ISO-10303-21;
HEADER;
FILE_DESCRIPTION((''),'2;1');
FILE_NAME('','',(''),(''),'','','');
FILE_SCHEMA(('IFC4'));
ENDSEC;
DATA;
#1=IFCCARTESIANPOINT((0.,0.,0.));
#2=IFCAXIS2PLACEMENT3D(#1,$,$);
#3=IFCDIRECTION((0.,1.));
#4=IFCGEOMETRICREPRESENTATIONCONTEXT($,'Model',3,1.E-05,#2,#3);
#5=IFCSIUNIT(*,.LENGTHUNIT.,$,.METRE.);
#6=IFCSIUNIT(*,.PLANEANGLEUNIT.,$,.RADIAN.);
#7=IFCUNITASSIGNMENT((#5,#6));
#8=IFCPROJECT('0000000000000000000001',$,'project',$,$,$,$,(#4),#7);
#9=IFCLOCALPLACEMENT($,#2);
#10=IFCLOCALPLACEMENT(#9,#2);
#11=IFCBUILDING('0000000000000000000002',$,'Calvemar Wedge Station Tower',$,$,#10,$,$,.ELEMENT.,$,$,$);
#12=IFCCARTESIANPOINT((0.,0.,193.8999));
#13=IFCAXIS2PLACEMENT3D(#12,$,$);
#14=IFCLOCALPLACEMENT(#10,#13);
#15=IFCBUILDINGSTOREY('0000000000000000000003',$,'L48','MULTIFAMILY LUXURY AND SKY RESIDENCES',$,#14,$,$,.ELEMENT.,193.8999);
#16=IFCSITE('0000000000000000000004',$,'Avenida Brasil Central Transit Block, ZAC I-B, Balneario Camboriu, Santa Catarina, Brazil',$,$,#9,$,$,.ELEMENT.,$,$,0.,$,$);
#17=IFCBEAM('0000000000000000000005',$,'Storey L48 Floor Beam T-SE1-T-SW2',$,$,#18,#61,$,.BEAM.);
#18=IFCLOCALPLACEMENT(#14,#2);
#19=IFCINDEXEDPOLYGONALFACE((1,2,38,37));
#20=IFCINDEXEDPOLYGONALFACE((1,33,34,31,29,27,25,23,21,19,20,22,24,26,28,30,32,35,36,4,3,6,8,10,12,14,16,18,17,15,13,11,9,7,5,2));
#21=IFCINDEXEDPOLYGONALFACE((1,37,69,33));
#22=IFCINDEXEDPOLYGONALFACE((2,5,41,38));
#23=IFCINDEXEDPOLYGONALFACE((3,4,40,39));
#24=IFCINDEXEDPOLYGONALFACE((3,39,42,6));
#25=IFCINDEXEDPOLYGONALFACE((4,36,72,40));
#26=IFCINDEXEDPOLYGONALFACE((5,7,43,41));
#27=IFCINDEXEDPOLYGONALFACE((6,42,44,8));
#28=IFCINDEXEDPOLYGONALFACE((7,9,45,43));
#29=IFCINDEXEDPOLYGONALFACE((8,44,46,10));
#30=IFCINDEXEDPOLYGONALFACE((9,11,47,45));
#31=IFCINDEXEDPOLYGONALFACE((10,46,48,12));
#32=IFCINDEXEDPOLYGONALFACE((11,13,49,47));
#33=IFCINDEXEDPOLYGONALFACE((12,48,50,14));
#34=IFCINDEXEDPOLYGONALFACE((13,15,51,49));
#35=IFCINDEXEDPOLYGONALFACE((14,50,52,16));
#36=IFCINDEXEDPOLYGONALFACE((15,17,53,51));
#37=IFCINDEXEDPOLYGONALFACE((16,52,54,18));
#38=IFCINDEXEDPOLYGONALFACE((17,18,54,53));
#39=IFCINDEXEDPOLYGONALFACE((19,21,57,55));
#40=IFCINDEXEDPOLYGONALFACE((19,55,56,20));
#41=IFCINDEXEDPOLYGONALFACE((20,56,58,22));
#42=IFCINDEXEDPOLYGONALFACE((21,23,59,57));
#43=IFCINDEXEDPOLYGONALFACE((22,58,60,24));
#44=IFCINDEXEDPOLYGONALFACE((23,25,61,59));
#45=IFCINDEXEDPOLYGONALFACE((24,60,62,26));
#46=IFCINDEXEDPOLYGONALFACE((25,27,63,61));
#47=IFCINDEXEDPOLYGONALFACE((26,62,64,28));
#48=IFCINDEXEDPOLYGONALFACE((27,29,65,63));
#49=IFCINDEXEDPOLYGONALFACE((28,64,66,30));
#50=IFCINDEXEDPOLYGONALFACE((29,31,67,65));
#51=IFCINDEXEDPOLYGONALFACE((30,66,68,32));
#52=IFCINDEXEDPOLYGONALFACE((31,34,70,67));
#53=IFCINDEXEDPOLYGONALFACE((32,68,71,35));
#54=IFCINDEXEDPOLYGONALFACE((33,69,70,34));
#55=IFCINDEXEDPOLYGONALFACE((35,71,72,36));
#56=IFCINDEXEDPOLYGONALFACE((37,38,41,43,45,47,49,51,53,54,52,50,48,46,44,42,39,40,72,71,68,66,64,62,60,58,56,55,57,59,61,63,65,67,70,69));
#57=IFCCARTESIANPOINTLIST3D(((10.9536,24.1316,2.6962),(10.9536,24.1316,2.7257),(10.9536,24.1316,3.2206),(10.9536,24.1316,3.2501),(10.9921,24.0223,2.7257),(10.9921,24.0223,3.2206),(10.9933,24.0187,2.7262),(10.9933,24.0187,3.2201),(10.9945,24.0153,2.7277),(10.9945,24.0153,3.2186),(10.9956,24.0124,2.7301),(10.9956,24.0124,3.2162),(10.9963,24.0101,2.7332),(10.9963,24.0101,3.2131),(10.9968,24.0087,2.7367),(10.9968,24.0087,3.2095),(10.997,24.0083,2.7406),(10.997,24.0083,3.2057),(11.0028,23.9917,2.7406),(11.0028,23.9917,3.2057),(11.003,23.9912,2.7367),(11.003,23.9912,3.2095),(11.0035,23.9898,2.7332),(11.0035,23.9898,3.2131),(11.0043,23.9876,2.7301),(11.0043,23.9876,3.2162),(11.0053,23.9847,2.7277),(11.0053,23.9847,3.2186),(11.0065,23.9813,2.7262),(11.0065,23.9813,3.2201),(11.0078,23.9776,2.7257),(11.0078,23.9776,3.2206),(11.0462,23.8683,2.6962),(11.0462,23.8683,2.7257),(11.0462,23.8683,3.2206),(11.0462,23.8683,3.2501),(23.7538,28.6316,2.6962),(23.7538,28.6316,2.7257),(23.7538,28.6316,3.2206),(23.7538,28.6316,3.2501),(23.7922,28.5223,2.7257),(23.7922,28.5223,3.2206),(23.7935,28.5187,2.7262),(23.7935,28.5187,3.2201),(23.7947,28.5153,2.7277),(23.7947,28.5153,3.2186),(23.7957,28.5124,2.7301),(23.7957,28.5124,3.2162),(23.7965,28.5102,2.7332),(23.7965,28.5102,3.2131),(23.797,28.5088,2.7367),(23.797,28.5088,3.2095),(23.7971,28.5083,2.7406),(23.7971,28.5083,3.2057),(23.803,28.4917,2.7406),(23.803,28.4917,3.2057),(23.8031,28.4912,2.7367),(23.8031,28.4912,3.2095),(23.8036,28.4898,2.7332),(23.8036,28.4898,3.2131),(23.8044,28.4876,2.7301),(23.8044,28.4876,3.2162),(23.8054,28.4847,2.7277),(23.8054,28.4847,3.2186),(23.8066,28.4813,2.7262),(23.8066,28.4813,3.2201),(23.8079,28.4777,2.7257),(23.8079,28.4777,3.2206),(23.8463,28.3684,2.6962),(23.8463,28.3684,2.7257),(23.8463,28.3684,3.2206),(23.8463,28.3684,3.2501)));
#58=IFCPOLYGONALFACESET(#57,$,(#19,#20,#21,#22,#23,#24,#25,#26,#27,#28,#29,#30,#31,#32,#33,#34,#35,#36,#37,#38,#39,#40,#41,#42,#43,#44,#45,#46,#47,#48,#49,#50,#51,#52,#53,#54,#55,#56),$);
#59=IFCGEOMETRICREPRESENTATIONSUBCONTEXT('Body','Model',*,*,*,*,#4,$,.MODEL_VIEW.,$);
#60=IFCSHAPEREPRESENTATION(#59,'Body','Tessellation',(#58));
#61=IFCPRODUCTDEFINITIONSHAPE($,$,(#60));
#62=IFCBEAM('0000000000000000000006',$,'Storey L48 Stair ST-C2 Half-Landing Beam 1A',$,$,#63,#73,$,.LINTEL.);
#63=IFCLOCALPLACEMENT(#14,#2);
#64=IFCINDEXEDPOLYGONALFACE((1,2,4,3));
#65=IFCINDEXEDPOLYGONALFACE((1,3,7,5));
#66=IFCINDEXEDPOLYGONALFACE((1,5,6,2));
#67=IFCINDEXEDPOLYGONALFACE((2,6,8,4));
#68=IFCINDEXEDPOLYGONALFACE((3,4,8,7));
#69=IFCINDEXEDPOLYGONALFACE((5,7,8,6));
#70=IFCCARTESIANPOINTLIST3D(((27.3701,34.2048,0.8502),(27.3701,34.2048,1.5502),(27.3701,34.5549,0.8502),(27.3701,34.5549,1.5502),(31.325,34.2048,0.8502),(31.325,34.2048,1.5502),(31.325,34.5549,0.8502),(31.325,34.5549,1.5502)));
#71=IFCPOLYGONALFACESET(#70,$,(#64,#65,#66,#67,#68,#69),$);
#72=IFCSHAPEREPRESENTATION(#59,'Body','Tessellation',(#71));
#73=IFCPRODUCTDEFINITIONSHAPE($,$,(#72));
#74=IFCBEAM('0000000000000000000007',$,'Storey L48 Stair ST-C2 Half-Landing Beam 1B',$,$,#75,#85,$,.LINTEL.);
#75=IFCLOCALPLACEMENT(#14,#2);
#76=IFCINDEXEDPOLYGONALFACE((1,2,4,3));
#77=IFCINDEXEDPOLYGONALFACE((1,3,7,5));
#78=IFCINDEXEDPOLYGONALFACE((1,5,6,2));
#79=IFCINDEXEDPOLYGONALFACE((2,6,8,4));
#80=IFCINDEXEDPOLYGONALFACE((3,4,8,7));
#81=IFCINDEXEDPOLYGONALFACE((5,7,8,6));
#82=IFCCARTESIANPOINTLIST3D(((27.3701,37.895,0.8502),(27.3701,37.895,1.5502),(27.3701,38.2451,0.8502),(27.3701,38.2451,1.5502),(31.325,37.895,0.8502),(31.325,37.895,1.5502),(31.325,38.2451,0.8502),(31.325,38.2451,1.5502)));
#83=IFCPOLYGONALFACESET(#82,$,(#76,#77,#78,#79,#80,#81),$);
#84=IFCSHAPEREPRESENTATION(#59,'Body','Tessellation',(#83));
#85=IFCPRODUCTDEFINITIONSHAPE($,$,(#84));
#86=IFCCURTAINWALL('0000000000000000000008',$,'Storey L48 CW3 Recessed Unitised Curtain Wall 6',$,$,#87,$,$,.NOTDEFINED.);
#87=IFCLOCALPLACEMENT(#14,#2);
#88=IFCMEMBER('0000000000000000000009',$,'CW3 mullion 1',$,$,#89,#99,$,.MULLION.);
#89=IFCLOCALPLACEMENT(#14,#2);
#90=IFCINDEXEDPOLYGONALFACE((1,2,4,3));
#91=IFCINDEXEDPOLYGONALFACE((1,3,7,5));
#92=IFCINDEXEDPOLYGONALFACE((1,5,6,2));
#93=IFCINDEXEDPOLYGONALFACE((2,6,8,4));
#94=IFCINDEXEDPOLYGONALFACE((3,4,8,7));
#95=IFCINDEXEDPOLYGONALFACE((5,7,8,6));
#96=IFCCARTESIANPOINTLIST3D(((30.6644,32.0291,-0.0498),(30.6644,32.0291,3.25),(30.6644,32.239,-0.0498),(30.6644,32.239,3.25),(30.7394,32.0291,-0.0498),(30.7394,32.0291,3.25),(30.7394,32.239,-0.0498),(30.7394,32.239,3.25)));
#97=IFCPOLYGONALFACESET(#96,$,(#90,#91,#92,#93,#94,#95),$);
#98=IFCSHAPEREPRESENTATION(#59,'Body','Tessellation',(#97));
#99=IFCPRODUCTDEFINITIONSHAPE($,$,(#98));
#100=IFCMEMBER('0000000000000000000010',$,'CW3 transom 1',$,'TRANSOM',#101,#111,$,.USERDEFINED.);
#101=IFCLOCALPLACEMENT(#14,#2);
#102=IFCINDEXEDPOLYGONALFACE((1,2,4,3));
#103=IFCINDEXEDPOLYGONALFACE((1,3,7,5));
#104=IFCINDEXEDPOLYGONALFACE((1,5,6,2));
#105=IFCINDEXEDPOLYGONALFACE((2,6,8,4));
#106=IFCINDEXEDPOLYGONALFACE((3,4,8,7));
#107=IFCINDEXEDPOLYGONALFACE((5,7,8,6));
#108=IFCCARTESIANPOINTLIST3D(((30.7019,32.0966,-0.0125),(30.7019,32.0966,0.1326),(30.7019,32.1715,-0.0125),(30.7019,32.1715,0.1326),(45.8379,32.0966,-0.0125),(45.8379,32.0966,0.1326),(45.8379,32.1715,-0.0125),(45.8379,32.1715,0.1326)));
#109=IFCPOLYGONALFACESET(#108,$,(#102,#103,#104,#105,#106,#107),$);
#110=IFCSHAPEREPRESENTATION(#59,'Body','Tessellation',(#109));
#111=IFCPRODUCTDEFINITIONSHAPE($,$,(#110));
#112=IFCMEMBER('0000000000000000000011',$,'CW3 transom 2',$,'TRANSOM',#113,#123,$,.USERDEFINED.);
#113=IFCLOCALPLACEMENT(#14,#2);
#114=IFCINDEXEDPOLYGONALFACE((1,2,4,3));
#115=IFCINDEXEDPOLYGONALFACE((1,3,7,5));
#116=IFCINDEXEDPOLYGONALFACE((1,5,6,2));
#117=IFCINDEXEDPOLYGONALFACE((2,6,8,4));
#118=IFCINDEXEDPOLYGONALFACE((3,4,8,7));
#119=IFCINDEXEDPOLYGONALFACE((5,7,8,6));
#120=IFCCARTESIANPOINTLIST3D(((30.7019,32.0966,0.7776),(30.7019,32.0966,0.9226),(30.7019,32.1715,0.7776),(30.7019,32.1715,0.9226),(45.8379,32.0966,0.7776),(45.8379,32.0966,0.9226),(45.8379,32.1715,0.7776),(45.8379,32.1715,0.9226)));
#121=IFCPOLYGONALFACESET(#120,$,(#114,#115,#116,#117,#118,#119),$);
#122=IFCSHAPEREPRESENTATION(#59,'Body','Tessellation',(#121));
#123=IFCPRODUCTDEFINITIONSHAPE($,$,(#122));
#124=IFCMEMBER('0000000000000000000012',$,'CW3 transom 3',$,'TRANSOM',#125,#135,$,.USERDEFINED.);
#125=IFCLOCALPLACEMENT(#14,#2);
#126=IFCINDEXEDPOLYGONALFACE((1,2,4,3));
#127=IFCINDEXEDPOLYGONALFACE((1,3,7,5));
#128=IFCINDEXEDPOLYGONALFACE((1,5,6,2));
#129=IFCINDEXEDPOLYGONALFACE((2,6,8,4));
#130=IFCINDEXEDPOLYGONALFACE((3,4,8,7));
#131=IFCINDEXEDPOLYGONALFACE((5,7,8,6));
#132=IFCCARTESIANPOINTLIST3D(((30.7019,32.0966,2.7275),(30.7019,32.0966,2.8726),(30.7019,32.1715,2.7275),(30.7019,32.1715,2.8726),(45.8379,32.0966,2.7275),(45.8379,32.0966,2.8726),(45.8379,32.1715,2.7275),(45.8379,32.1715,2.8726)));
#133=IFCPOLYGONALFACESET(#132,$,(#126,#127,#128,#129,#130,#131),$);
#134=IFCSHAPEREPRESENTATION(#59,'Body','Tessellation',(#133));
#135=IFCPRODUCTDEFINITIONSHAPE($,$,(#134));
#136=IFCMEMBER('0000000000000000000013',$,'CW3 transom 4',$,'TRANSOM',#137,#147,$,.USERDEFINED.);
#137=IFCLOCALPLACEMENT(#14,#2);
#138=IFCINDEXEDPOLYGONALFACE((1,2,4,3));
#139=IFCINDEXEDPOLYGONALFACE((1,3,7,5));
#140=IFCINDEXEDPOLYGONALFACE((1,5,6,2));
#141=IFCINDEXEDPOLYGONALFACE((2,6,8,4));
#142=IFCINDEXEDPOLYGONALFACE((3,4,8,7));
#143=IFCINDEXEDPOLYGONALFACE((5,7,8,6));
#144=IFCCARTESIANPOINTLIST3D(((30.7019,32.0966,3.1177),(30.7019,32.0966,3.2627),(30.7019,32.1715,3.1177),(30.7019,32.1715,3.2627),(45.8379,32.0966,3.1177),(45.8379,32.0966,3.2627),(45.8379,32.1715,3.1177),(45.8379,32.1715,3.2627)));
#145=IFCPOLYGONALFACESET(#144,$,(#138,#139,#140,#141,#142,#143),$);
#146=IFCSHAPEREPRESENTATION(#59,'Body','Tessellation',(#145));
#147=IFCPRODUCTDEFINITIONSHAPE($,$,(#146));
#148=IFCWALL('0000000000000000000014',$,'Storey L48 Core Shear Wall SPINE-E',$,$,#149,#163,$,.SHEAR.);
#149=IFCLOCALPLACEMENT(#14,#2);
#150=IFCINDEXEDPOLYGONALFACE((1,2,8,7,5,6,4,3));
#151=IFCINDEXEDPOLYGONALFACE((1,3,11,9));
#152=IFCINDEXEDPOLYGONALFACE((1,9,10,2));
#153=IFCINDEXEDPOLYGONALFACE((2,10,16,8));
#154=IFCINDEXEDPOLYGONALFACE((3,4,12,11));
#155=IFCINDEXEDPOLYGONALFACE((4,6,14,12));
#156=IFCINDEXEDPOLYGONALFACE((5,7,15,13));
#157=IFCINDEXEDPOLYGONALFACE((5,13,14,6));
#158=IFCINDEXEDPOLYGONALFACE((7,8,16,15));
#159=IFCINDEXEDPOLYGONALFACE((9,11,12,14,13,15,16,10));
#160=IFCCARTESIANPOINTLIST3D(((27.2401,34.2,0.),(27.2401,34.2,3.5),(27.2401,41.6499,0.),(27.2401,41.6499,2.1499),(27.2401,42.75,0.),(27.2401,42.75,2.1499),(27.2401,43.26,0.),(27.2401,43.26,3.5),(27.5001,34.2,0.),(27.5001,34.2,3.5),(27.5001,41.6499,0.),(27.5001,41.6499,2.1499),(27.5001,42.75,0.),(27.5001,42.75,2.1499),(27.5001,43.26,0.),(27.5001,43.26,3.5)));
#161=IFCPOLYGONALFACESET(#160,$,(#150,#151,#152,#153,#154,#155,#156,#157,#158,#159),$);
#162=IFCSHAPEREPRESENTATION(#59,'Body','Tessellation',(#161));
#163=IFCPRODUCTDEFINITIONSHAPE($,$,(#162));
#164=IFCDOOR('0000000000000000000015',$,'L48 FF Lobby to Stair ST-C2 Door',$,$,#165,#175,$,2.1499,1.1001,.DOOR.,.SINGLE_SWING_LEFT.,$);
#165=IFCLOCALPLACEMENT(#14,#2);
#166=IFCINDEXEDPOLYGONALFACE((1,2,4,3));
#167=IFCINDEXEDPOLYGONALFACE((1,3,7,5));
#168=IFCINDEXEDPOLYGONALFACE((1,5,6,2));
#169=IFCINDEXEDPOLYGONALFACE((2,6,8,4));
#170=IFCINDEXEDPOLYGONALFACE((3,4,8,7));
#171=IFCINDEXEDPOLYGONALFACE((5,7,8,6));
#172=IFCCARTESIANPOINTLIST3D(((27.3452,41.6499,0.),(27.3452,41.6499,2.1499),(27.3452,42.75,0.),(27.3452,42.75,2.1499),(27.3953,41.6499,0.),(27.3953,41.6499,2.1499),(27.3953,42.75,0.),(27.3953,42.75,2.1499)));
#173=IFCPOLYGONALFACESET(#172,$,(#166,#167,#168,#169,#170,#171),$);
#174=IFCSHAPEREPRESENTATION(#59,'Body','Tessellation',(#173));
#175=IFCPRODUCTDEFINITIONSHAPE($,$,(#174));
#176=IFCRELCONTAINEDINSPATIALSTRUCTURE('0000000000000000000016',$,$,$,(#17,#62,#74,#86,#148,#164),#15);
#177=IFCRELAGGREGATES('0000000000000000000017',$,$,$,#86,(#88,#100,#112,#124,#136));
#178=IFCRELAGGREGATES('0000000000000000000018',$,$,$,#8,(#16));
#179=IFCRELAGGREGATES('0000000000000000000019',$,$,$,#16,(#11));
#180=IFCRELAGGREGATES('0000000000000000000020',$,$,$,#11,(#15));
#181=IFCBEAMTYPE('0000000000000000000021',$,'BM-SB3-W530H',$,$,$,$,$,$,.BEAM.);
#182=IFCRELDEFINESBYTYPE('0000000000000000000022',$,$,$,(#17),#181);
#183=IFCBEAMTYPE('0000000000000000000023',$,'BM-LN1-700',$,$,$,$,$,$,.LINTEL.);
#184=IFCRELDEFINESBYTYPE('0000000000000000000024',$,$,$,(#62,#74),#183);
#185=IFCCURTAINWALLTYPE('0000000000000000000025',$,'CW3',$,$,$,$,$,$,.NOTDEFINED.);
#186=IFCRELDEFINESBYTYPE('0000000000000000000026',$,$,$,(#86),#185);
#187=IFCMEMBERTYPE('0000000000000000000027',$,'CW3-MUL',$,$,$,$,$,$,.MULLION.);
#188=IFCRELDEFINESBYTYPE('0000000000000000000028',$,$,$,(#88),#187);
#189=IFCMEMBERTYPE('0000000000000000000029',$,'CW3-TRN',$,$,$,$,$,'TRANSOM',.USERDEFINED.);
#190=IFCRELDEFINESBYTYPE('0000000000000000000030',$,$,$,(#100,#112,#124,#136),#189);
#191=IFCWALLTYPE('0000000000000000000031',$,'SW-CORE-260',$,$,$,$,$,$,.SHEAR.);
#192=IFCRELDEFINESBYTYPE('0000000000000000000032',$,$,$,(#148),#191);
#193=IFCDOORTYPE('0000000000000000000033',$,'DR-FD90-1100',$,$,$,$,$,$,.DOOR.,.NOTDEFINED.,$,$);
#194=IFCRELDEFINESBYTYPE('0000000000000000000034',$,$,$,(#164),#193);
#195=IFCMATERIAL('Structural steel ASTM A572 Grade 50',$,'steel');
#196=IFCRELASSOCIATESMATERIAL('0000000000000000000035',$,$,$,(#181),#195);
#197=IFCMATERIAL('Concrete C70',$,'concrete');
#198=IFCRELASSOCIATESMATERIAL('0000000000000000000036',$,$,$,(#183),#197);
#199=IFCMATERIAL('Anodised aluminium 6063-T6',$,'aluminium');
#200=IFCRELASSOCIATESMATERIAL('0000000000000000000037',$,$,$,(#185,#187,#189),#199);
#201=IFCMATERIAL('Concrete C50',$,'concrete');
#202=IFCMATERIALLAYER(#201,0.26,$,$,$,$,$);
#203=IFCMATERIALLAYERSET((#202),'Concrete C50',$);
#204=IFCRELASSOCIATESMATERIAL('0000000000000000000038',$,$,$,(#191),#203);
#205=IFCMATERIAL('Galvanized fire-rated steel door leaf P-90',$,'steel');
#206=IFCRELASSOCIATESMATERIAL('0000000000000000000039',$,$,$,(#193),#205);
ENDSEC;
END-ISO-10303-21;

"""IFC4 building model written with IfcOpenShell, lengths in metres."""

from ifc_helpers import new_model, si_unit, direction, frame, frame_2d, origin, origin_2d, place, context, subcontext, project, spatial, rectangle, i_section, extrude, source, transform, mapped, material, layer, layer_set, material_profile, profile_set, type_object, element, fill, aggregate, save


model = new_model("IFC4")

# Units and contexts
model_context = context("Model", 3, precision=1e-05, world=origin(), true_north=direction((0.0, 1.0)))
body_context = subcontext(model_context, "Body", "Model", "MODEL_VIEW")
ifc_project = project(units=[si_unit("LENGTHUNIT", "METRE"), si_unit("PLANEANGLEUNIT", "RADIAN")], contexts=[model_context])

# Site, building, storey
site_placement = place(None, origin())
site = spatial("IfcSite", under=ifc_project, at=site_placement, Name="Avenida Brasil Central Transit Block, ZAC I-B, Balneario Camboriu, Santa Catarina, Brazil", CompositionType="ELEMENT", RefElevation=0.0)
building_placement = place(site_placement, origin())
building = spatial("IfcBuilding", under=site, at=building_placement, Name="Calvemar Wedge Station Tower", CompositionType="ELEMENT")
storey_placement = place(building_placement, frame((0.0, 0.0, 193.8999)))
storey = spatial("IfcBuildingStorey", under=building, at=storey_placement, Name="L48", Description="MULTIFAMILY LUXURY AND SKY RESIDENCES", CompositionType="ELEMENT", Elevation=193.8999)

# Beams
ifc_material_1 = material(Name="Structural steel ASTM A572 Grade 50", Category="steel")
ifc_material_profile_1 = material_profile(ifc_material_1, i_section(OverallWidth=0.2791, OverallDepth=0.554, WebThickness=0.0176, FlangeThickness=0.0295, FilletRadius=0.0149, at=origin_2d()), Name="W530x196")
ifc_profile_set_1 = profile_set([ifc_material_profile_1], Name="Structural steel ASTM A572 Grade 50")
beam_type_1 = type_object("IfcBeamType", Name="BM-SB3-W530H", PredefinedType="BEAM", material=ifc_profile_set_1)
shared_shape_1 = source(origin(), body_context, "Body", "SweptSolid", [
    extrude(i_section(OverallWidth=0.2791, OverallDepth=0.554, WebThickness=0.0176, FlangeThickness=0.0295, FilletRadius=0.0149, at=origin_2d()), origin(), (0.0, 0.0, 1.0), 13.5681),
])
beam_placement = place(storey_placement, frame((23.8, 28.5, 2.9731), z_axis=(-0.943398, -0.331662, 0.0), x_axis=(0.331662, -0.943398, 0.0)))
element("IfcBeam", 1, at=beam_placement, inside=storey, type_object=beam_type_1, Name="Storey L48 Floor Beam T-SE1-T-SW2", PredefinedType="BEAM", context=body_context, shape_type="MappedRepresentation", body=[
    mapped(shared_shape_1, transform((0.0, 0.0, 0.0), scale=1.0)),
])
ifc_material_2 = material(Name="Concrete C70", Category="concrete")
ifc_material_profile_2 = material_profile(ifc_material_2, rectangle(XDim=0.3501, YDim=0.7, at=origin_2d()), Name="RC350x700")
ifc_profile_set_2 = profile_set([ifc_material_profile_2], Name="Concrete C70")
beam_type_2 = type_object("IfcBeamType", Name="BM-LN1-700", PredefinedType="LINTEL", material=ifc_profile_set_2)
shared_shape_2 = source(origin(), body_context, "Body", "SweptSolid", [
    extrude(rectangle(XDim=0.3501, YDim=0.7, at=origin_2d()), origin(), (0.0, 0.0, 1.0), 3.9548),
])
for number, where, z_axis, x_axis, name in (
    (2, (27.3701, 34.3799, 1.2002), (1.0, 0.0, 0.0), (0.0, 1.0, 0.0), "Storey L48 Stair ST-C2 Half-Landing Beam 1A"),
    (3, (27.3701, 38.0701, 1.2002), (1.0, 0.0, 0.0), (0.0, 1.0, 0.0), "Storey L48 Stair ST-C2 Half-Landing Beam 1B"),
):
    element("IfcBeam", number, at=place(storey_placement, frame(where, z_axis=z_axis, x_axis=x_axis)), inside=storey, type_object=beam_type_2, Name=name, PredefinedType="LINTEL", context=body_context, shape_type="MappedRepresentation", body=[
        mapped(shared_shape_2, transform((0.0, 0.0, 0.0), scale=1.0)),
    ])

# Curtain wall, members
ifc_material_3 = material(Name="Anodised aluminium 6063-T6", Category="aluminium")
curtain_wall_type = type_object("IfcCurtainWallType", Name="CW3", PredefinedType="NOTDEFINED", material=ifc_material_3)
curtain_wall_placement = place(storey_placement, origin())
curtain_wall = element("IfcCurtainWall", 4, at=curtain_wall_placement, inside=storey, type_object=curtain_wall_type, Name="Storey L48 CW3 Recessed Unitised Curtain Wall 6", PredefinedType="NOTDEFINED")
ifc_material_profile_3 = material_profile(ifc_material_3, rectangle(XDim=0.075, YDim=0.21, at=origin_2d()), Name="AL-MUL-75x210")
ifc_profile_set_3 = profile_set([ifc_material_profile_3], Name="Anodised aluminium 6063-T6")
member_type_1 = type_object("IfcMemberType", Name="CW3-MUL", PredefinedType="MULLION", material=ifc_profile_set_3)
shared_shape_3 = source(origin(), body_context, "Body", "SweptSolid", [
    extrude(rectangle(XDim=0.075, YDim=0.21, at=origin_2d()), origin(), (0.0, 0.0, 1.0), 3.2998),
])
member_1_placement = place(storey_placement, frame((30.7019, 32.134, -0.0498), z_axis=(0.0, 0.0, 1.0), x_axis=(1.0, 0.0, 0.0)))
member_1 = element("IfcMember", 5, at=member_1_placement, type_object=member_type_1, Name="CW3 mullion 1", PredefinedType="MULLION", context=body_context, shape_type="MappedRepresentation", body=[
    mapped(shared_shape_3, transform((0.0, 0.0, 0.0), scale=1.0)),
])
ifc_material_profile_4 = material_profile(ifc_material_3, rectangle(XDim=0.075, YDim=0.145, at=origin_2d()), Name="AL-TRN-75x145")
ifc_profile_set_4 = profile_set([ifc_material_profile_4], Name="Anodised aluminium 6063-T6")
member_type_2 = type_object("IfcMemberType", Name="CW3-TRN", ElementType="TRANSOM", PredefinedType="USERDEFINED", material=ifc_profile_set_4)
shared_shape_4 = source(origin(), body_context, "Body", "SweptSolid", [
    extrude(rectangle(XDim=0.075, YDim=0.145, at=origin_2d()), origin(), (0.0, 0.0, 1.0), 15.136),
])
member_2_placement = place(storey_placement, frame((30.7019, 32.134, 0.0601), z_axis=(1.0, 0.0, 0.0), x_axis=(0.0, 1.0, 0.0)))
member_2 = element("IfcMember", 6, at=member_2_placement, type_object=member_type_2, Name="CW3 transom 1", ObjectType="TRANSOM", PredefinedType="USERDEFINED", context=body_context, shape_type="MappedRepresentation", body=[
    mapped(shared_shape_4, transform((0.0, 0.0, 0.0), scale=1.0)),
])
member_3_placement = place(storey_placement, frame((30.7019, 32.134, 0.8501), z_axis=(1.0, 0.0, 0.0), x_axis=(0.0, 1.0, 0.0)))
member_3 = element("IfcMember", 7, at=member_3_placement, type_object=member_type_2, Name="CW3 transom 2", ObjectType="TRANSOM", PredefinedType="USERDEFINED", context=body_context, shape_type="MappedRepresentation", body=[
    mapped(shared_shape_4, transform((0.0, 0.0, 0.0), scale=1.0)),
])
member_4_placement = place(storey_placement, frame((30.7019, 32.134, 2.8), z_axis=(1.0, 0.0, 0.0), x_axis=(0.0, 1.0, 0.0)))
member_4 = element("IfcMember", 8, at=member_4_placement, type_object=member_type_2, Name="CW3 transom 3", ObjectType="TRANSOM", PredefinedType="USERDEFINED", context=body_context, shape_type="MappedRepresentation", body=[
    mapped(shared_shape_4, transform((0.0, 0.0, 0.0), scale=1.0)),
])
member_5_placement = place(storey_placement, frame((30.7019, 32.134, 3.1902), z_axis=(1.0, 0.0, 0.0), x_axis=(0.0, 1.0, 0.0)))
member_5 = element("IfcMember", 9, at=member_5_placement, type_object=member_type_2, Name="CW3 transom 4", ObjectType="TRANSOM", PredefinedType="USERDEFINED", context=body_context, shape_type="MappedRepresentation", body=[
    mapped(shared_shape_4, transform((0.0, 0.0, 0.0), scale=1.0)),
])
aggregate(curtain_wall, [member_1, member_2, member_3, member_4, member_5])

# Wall, opening, door
ifc_material_4 = material(Name="Concrete C50", Category="concrete")
ifc_layer_1 = layer(ifc_material_4, 0.26)
ifc_layer_set_1 = layer_set([ifc_layer_1], Name="Concrete C50")
wall_type_1 = type_object("IfcWallType", Name="SW-CORE-260", PredefinedType="SHEAR", material=ifc_layer_set_1)
wall_1_placement = place(storey_placement, frame((27.3701, 34.2, 0.0), z_axis=(0.0, 0.0, 1.0), x_axis=(0.0, 1.0, 0.0)))
wall_1 = element("IfcWall", 10, at=wall_1_placement, inside=storey, type_object=wall_type_1, Name="Storey L48 Core Shear Wall SPINE-E", PredefinedType="SHEAR", context=body_context, shape_type="SweptSolid", body=[
    extrude(rectangle(XDim=9.0601, YDim=0.26, at=frame_2d((4.53, 0.0))), origin(), (0.0, 0.0, 1.0), 3.5),
])
shared_shape_5 = source(origin(), body_context, "Body", "SweptSolid", [
    extrude(rectangle(XDim=1.1001, YDim=2.1499, at=frame_2d((0.55, 1.075))), frame((0.0, 0.1401, 0.0), z_axis=(0.0, -1.0, 0.0), x_axis=(1.0, 0.0, 0.0)), (0.0, 0.0, 1.0), 0.28),
])
opening_1_placement = place(wall_1_placement, frame((7.45, 0.0, 0.0)))
opening_1 = element("IfcOpeningElement", 11, at=opening_1_placement, cuts=wall_1, PredefinedType="OPENING", context=body_context, shape_type="MappedRepresentation", body=[
    mapped(shared_shape_5, transform((0.0, 0.0, 0.0), scale=1.0)),
])
ifc_material_5 = material(Name="Galvanized fire-rated steel door leaf P-90", Category="steel")
door_type = type_object("IfcDoorType", Name="DR-FD90-1100", OperationType="NOTDEFINED", PredefinedType="DOOR", material=ifc_material_5)
shared_shape_6 = source(origin(), body_context, "Body", "SweptSolid", [
    extrude(rectangle(XDim=1.1001, YDim=2.1499, at=frame_2d((0.55, 1.075))), frame((0.0, 0.0249, 0.0), z_axis=(0.0, -1.0, 0.0), x_axis=(1.0, 0.0, 0.0)), (0.0, 0.0, 1.0), 0.05),
])
door_placement = place(opening_1_placement, origin())
door = element("IfcDoor", 12, at=door_placement, inside=storey, type_object=door_type, Name="L48 FF Lobby to Stair ST-C2 Door", OperationType="SINGLE_SWING_LEFT", OverallHeight=2.1499, OverallWidth=1.1001, PredefinedType="DOOR", context=body_context, shape_type="MappedRepresentation", body=[
    mapped(shared_shape_6, transform((0.0, 0.0, 0.0), scale=1.0)),
])
fill(opening_1, door)

save(model, "model.ifc")
